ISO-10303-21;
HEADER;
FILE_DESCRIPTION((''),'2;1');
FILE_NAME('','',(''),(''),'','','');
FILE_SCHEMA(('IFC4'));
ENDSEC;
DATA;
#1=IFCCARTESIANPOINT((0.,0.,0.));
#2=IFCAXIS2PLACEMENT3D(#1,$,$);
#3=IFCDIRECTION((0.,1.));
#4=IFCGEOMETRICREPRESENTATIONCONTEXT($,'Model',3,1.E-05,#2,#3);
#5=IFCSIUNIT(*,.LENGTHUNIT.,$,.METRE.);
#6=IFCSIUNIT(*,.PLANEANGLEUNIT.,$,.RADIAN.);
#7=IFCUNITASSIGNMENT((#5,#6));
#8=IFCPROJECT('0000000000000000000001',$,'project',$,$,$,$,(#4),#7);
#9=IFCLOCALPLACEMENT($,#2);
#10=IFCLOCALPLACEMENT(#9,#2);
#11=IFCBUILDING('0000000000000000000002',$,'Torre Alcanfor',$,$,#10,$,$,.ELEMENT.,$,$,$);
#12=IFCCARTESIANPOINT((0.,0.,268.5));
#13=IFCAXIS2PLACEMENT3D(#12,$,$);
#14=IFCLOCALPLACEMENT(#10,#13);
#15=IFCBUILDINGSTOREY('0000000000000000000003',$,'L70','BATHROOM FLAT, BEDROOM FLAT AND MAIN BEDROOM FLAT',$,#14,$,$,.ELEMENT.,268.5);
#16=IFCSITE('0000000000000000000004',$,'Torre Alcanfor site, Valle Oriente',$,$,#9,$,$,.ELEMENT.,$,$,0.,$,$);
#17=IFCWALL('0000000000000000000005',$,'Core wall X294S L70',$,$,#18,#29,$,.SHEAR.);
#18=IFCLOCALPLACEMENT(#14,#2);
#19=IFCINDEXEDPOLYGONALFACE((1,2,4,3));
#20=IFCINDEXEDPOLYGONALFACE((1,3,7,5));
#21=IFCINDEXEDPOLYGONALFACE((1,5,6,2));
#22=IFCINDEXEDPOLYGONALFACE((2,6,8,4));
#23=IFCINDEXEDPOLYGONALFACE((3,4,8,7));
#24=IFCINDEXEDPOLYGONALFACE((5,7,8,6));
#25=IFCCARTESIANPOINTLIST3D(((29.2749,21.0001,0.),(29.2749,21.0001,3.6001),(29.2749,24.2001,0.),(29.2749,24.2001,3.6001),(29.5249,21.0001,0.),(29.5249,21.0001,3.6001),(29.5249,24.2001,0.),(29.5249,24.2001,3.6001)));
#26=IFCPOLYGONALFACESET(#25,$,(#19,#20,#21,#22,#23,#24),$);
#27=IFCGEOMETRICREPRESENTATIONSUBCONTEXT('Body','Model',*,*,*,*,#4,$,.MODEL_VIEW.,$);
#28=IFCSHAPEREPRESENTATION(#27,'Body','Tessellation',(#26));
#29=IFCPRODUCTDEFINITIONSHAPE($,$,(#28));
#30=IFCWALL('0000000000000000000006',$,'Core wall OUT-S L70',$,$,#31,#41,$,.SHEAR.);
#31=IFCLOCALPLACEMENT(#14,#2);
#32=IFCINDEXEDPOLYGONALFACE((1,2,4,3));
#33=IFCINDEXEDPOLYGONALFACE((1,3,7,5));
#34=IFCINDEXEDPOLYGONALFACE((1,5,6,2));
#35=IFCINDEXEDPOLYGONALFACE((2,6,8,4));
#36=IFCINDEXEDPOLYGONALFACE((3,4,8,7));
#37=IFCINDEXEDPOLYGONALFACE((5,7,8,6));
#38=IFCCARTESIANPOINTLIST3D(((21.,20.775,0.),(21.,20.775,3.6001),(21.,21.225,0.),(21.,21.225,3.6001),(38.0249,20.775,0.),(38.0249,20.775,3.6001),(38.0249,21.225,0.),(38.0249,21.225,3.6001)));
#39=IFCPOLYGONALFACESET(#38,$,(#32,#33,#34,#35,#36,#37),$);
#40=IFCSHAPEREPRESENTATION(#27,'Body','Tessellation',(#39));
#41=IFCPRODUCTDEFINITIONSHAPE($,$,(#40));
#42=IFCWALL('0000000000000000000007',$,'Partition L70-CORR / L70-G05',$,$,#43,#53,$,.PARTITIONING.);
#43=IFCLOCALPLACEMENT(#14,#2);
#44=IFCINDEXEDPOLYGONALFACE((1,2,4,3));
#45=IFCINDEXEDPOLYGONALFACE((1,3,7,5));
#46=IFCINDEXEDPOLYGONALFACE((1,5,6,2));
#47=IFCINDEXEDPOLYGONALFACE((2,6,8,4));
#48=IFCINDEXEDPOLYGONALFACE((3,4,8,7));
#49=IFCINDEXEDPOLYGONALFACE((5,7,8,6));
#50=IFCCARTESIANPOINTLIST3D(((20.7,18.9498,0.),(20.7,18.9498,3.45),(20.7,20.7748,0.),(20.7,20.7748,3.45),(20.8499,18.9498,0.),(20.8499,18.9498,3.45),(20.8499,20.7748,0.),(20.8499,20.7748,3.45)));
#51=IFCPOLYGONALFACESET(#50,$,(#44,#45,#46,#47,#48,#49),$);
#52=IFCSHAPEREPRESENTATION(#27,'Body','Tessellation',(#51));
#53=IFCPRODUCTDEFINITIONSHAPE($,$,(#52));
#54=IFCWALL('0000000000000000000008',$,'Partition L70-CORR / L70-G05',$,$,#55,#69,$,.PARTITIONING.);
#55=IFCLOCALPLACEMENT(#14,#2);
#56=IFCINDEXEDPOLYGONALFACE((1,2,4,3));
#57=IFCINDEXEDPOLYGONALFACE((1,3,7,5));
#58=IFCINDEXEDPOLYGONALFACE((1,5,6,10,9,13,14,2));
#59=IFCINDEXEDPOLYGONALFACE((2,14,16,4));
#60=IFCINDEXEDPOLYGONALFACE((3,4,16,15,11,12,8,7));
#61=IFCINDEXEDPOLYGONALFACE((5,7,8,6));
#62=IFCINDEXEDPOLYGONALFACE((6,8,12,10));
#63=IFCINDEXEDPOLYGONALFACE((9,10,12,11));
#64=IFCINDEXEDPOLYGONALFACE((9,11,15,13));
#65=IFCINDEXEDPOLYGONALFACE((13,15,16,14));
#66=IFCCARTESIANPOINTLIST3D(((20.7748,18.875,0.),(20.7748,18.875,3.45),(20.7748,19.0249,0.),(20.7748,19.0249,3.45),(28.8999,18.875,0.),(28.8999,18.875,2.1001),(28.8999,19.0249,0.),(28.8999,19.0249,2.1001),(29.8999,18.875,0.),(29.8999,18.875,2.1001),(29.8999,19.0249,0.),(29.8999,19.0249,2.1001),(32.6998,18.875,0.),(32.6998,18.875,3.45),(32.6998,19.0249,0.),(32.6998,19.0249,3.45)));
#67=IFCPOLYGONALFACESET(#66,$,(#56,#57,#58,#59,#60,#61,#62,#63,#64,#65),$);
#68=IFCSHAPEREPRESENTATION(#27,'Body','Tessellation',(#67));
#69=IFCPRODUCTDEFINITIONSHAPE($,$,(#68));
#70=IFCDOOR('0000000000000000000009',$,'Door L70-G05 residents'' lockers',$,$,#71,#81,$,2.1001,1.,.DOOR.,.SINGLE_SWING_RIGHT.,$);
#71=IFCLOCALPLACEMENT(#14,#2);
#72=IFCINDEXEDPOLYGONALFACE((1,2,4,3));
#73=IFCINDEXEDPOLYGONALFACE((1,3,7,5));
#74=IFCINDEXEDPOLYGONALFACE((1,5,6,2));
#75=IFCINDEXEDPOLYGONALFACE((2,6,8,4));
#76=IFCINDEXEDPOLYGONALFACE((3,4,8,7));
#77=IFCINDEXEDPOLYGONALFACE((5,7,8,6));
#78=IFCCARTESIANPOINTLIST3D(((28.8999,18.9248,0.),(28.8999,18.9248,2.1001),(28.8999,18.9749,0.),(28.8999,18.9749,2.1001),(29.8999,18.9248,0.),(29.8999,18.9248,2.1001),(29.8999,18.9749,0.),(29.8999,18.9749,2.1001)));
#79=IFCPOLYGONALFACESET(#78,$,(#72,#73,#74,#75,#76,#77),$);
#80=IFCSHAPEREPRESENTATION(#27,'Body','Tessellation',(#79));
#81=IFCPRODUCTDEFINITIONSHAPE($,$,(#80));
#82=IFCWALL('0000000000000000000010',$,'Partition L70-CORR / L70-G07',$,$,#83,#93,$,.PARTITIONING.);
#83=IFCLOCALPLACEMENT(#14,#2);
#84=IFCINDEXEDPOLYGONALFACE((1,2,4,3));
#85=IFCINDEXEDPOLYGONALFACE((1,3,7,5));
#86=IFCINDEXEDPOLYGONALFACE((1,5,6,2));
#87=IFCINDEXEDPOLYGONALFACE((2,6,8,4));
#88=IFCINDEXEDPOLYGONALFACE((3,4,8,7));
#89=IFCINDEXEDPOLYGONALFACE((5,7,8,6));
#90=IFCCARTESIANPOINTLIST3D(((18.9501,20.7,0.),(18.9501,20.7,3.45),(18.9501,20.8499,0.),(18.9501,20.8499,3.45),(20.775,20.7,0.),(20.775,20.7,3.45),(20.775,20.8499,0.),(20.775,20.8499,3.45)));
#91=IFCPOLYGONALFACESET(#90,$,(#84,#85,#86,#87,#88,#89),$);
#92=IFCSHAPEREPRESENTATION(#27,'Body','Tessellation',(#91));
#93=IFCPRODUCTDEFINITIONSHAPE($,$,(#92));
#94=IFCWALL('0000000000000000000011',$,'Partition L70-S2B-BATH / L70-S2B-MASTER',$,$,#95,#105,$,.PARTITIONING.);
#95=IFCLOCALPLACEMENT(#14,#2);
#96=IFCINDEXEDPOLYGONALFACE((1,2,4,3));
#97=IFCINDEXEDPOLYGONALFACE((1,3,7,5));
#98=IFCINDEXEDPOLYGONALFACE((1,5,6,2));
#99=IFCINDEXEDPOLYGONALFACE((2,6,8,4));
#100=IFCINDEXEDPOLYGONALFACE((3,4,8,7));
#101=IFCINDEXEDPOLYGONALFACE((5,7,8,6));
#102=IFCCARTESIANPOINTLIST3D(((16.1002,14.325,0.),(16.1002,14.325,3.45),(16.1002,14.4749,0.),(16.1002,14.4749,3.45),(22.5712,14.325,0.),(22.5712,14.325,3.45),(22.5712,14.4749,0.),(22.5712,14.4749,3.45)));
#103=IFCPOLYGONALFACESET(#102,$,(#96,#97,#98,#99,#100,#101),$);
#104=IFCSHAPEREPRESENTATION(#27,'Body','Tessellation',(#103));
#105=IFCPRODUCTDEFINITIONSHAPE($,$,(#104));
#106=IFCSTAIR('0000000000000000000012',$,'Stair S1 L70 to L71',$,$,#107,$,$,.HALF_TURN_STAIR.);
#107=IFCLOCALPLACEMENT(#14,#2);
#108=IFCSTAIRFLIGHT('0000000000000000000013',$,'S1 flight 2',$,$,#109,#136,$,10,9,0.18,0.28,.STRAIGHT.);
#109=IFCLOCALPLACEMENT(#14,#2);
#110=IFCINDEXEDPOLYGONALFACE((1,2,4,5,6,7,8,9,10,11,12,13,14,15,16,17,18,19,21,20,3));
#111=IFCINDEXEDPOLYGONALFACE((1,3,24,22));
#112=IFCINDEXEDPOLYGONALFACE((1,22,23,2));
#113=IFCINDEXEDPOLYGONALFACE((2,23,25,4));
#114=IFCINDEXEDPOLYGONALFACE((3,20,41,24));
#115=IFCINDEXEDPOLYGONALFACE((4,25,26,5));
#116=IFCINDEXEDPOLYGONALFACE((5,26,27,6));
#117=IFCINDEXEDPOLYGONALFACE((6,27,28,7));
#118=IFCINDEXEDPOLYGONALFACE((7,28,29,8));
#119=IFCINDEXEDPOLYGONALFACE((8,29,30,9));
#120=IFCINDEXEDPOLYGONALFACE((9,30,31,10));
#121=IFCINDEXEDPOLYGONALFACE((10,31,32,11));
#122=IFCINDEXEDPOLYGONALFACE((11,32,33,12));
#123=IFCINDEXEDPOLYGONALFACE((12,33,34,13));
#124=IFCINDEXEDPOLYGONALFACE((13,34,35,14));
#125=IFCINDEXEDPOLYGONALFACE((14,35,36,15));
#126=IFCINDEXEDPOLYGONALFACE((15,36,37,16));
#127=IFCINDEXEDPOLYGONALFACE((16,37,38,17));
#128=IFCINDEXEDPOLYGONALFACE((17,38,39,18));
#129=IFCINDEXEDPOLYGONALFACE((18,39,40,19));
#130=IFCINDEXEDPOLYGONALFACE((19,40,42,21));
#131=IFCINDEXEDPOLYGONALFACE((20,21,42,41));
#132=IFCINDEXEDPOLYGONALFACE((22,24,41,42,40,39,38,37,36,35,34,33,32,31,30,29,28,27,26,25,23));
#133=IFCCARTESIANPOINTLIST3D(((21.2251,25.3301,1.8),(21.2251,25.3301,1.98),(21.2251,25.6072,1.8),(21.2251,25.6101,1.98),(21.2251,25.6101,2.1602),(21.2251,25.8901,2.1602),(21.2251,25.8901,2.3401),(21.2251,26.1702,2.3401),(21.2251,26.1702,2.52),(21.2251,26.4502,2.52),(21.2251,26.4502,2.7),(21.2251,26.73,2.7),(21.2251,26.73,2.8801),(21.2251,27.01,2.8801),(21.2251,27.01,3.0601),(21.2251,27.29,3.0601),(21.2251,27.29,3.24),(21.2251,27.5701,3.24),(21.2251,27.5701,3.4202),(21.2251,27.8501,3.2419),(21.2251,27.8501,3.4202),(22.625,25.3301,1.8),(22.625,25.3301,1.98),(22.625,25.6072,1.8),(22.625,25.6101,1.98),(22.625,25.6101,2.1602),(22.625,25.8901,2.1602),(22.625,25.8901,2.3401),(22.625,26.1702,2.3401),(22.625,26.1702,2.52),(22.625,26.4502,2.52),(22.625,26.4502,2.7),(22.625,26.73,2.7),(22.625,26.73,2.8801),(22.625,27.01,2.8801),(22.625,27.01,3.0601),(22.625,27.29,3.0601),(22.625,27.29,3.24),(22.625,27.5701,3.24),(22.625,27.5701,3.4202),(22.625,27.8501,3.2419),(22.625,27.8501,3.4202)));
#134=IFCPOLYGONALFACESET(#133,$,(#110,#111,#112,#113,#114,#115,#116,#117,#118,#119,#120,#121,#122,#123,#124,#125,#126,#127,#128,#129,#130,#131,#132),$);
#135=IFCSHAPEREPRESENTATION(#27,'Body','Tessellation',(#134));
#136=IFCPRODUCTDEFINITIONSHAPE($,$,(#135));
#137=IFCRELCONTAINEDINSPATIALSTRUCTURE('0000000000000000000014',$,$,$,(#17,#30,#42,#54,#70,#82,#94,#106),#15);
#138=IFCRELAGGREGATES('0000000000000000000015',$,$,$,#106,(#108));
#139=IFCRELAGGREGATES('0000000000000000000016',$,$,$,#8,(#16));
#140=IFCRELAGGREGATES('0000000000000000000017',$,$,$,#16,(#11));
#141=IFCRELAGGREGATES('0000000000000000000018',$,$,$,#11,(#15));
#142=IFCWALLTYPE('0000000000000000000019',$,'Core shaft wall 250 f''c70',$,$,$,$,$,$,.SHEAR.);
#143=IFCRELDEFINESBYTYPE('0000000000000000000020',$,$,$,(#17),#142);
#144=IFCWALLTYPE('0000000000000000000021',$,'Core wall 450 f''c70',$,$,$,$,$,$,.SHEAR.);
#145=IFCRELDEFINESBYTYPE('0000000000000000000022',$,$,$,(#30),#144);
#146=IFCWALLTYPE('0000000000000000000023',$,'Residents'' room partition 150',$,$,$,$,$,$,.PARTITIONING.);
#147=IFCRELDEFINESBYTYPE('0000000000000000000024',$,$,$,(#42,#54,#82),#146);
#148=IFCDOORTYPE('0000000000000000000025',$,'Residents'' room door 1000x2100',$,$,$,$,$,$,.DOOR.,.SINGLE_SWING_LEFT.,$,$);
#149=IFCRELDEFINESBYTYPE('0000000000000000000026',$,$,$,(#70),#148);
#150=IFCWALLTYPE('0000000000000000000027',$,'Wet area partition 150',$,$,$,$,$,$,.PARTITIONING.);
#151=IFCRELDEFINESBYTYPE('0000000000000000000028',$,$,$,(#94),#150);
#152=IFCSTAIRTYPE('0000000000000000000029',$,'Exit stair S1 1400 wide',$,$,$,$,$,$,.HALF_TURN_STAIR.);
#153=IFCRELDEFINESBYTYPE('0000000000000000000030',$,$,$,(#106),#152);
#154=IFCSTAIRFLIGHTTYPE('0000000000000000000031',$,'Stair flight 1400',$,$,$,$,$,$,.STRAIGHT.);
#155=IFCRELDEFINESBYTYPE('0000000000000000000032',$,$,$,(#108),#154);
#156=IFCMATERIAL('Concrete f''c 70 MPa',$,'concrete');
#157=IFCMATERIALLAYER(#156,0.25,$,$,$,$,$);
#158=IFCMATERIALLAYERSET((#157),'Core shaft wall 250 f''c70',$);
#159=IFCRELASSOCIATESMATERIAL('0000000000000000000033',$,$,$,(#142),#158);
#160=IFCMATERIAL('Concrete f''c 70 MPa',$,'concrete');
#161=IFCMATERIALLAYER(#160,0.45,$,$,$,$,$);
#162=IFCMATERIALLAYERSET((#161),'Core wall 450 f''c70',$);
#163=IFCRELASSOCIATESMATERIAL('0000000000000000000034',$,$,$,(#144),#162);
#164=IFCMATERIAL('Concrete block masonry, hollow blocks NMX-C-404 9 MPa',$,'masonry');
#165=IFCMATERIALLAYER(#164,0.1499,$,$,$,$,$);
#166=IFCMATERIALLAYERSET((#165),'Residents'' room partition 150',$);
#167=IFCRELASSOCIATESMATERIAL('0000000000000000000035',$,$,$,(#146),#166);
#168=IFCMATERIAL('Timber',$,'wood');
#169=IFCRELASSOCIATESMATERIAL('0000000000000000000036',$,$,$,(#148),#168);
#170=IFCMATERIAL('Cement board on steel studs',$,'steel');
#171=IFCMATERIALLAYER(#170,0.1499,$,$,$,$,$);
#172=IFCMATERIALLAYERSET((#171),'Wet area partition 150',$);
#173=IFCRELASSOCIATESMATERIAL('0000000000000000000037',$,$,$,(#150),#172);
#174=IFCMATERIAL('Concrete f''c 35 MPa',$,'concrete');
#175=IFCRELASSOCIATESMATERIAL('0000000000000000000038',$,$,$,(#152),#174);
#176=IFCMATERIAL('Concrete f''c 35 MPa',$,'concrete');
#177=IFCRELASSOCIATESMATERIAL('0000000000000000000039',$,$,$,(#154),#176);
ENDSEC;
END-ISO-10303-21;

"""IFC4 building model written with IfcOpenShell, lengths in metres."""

from ifc_helpers import new_model, si_unit, direction, frame, frame_2d, origin, place, context, subcontext, project, spatial, polyline, rectangle, outline, extrude, material, layer, layer_set, type_object, element, fill, aggregate, save


model = new_model("IFC4")

# Units and contexts
model_context = context("Model", 3, precision=1e-05, world=origin(), true_north=direction((0.0, 1.0)))
body_context = subcontext(model_context, "Body", "Model", "MODEL_VIEW")
ifc_project = project(units=[si_unit("LENGTHUNIT", "METRE"), si_unit("PLANEANGLEUNIT", "RADIAN")], contexts=[model_context])

# Site, building, storey
site_placement = place(None, origin())
site = spatial("IfcSite", under=ifc_project, at=site_placement, Name="Torre Alcanfor site, Valle Oriente", CompositionType="ELEMENT", RefElevation=0.0)
building_placement = place(site_placement, origin())
building = spatial("IfcBuilding", under=site, at=building_placement, Name="Torre Alcanfor", CompositionType="ELEMENT")
storey_placement = place(building_placement, frame((0.0, 0.0, 268.5)))
storey = spatial("IfcBuildingStorey", under=building, at=storey_placement, Name="L70", Description="BATHROOM FLAT, BEDROOM FLAT AND MAIN BEDROOM FLAT", CompositionType="ELEMENT", Elevation=268.5)

# Walls
ifc_material_1 = material(Name="Concrete f'c 70 MPa", Category="concrete")
ifc_layer_1 = layer(ifc_material_1, 0.25)
ifc_layer_set_1 = layer_set([ifc_layer_1], Name="Core shaft wall 250 f'c70")
wall_type_1 = type_object("IfcWallType", Name="Core shaft wall 250 f'c70", PredefinedType="SHEAR", material=ifc_layer_set_1)
wall_1_placement = place(storey_placement, frame((29.3999, 21.0, 0.0), z_axis=(0.0, 0.0, 1.0), x_axis=(0.0, 1.0, 0.0)))
element("IfcWall", 1, at=wall_1_placement, inside=storey, type_object=wall_type_1, Name="Core wall X294S L70", PredefinedType="SHEAR", context=body_context, shape_type="SweptSolid", body=[
    extrude(rectangle(XDim=3.2, YDim=0.25, at=frame_2d((1.6001, 0.0))), origin(), (0.0, 0.0, 1.0), 3.6001),
])
ifc_material_2 = material(Name="Concrete f'c 70 MPa", Category="concrete")
ifc_layer_2 = layer(ifc_material_2, 0.45)
ifc_layer_set_2 = layer_set([ifc_layer_2], Name="Core wall 450 f'c70")
wall_type_2 = type_object("IfcWallType", Name="Core wall 450 f'c70", PredefinedType="SHEAR", material=ifc_layer_set_2)
wall_2_placement = place(storey_placement, frame((21.0, 21.0, 0.0), z_axis=(0.0, 0.0, 1.0), x_axis=(1.0, 0.0, 0.0)))
element("IfcWall", 2, at=wall_2_placement, inside=storey, type_object=wall_type_2, Name="Core wall OUT-S L70", PredefinedType="SHEAR", context=body_context, shape_type="SweptSolid", body=[
    extrude(rectangle(XDim=17.0249, YDim=0.45, at=frame_2d((8.5125, 0.0))), origin(), (0.0, 0.0, 1.0), 3.6001),
])
ifc_material_3 = material(Name="Concrete block masonry, hollow blocks NMX-C-404 9 MPa", Category="masonry")
ifc_layer_3 = layer(ifc_material_3, 0.1499)
ifc_layer_set_3 = layer_set([ifc_layer_3], Name="Residents' room partition 150")
wall_type_3 = type_object("IfcWallType", Name="Residents' room partition 150", PredefinedType="PARTITIONING", material=ifc_layer_set_3)
wall_3_placement = place(storey_placement, frame((20.7749, 20.7749, 0.0), z_axis=(0.0, 0.0, 1.0), x_axis=(0.0, -1.0, 0.0)))
element("IfcWall", 3, at=wall_3_placement, inside=storey, type_object=wall_type_3, Name="Partition L70-CORR / L70-G05", PredefinedType="PARTITIONING", context=body_context, shape_type="SweptSolid", body=[
    extrude(rectangle(XDim=1.825, YDim=0.1499, at=frame_2d((0.9126, 0.0))), origin(), (0.0, 0.0, 1.0), 3.45),
])

# Wall, opening, door
wall_4_placement = place(storey_placement, frame((20.7749, 18.95, 0.0), z_axis=(0.0, 0.0, 1.0), x_axis=(1.0, 0.0, 0.0)))
wall_4 = element("IfcWall", 4, at=wall_4_placement, inside=storey, type_object=wall_type_3, Name="Partition L70-CORR / L70-G05", PredefinedType="PARTITIONING", context=body_context, shape_type="SweptSolid", body=[
    extrude(rectangle(XDim=11.925, YDim=0.1499, at=frame_2d((5.9624, 0.0))), origin(), (0.0, 0.0, 1.0), 3.45),
])
opening_1_placement = place(wall_4_placement, frame((8.125, 0.0, 0.0)))
opening_1 = element("IfcOpeningElement", 5, at=opening_1_placement, cuts=wall_4, PredefinedType="OPENING", context=body_context, shape_type="SweptSolid", body=[
    extrude(rectangle(XDim=1.0, YDim=2.1001, at=frame_2d((0.5, 1.05))), frame((0.0, 0.085, 0.0), z_axis=(0.0, -1.0, 0.0), x_axis=(1.0, 0.0, 0.0)), (0.0, 0.0, 1.0), 0.1699),
])
ifc_material_4 = material(Name="Timber", Category="wood")
door_type_1 = type_object("IfcDoorType", Name="Residents' room door 1000x2100", OperationType="SINGLE_SWING_LEFT", PredefinedType="DOOR", material=ifc_material_4)
door_1_placement = place(opening_1_placement, origin())
door_1 = element("IfcDoor", 6, at=door_1_placement, inside=storey, type_object=door_type_1, Name="Door L70-G05 residents' lockers", OperationType="SINGLE_SWING_RIGHT", OverallHeight=2.1001, OverallWidth=1.0, PredefinedType="DOOR", context=body_context, shape_type="SweptSolid", body=[
    extrude(rectangle(XDim=1.0, YDim=2.1001, at=frame_2d((0.5, 1.05))), frame((0.0, 0.0249, 0.0), z_axis=(0.0, -1.0, 0.0), x_axis=(1.0, 0.0, 0.0)), (0.0, 0.0, 1.0), 0.05),
])
fill(opening_1, door_1)

# Walls
wall_5_placement = place(storey_placement, frame((18.95, 20.7749, 0.0), z_axis=(0.0, 0.0, 1.0), x_axis=(1.0, 0.0, 0.0)))
element("IfcWall", 7, at=wall_5_placement, inside=storey, type_object=wall_type_3, Name="Partition L70-CORR / L70-G07", PredefinedType="PARTITIONING", context=body_context, shape_type="SweptSolid", body=[
    extrude(rectangle(XDim=1.825, YDim=0.1499, at=frame_2d((0.9126, 0.0))), origin(), (0.0, 0.0, 1.0), 3.45),
])
ifc_material_5 = material(Name="Cement board on steel studs", Category="steel")
ifc_layer_4 = layer(ifc_material_5, 0.1499)
ifc_layer_set_4 = layer_set([ifc_layer_4], Name="Wet area partition 150")
wall_type_4 = type_object("IfcWallType", Name="Wet area partition 150", PredefinedType="PARTITIONING", material=ifc_layer_set_4)
wall_6_placement = place(storey_placement, frame((22.571, 14.3999, 0.0), z_axis=(0.0, 0.0, 1.0), x_axis=(-1.0, 0.0, 0.0)))
element("IfcWall", 8, at=wall_6_placement, inside=storey, type_object=wall_type_4, Name="Partition L70-S2B-BATH / L70-S2B-MASTER", PredefinedType="PARTITIONING", context=body_context, shape_type="SweptSolid", body=[
    extrude(rectangle(XDim=6.4709, YDim=0.1499, at=frame_2d((3.2354, 0.0))), origin(), (0.0, 0.0, 1.0), 3.45),
])

# Stair, stair flight
ifc_material_6 = material(Name="Concrete f'c 35 MPa", Category="concrete")
stair_type = type_object("IfcStairType", Name="Exit stair S1 1400 wide", PredefinedType="HALF_TURN_STAIR", material=ifc_material_6)
stair_placement = place(storey_placement, origin())
stair = element("IfcStair", 9, at=stair_placement, inside=storey, type_object=stair_type, Name="Stair S1 L70 to L71", PredefinedType="HALF_TURN_STAIR")
ifc_material_7 = material(Name="Concrete f'c 35 MPa", Category="concrete")
stair_flight_type = type_object("IfcStairFlightType", Name="Stair flight 1400", PredefinedType="STRAIGHT", material=ifc_material_7)
stair_flight_placement = place(storey_placement, frame((21.925, 25.3301, 1.8), z_axis=(0.0, 0.0, 1.0), x_axis=(0.0, 1.0, 0.0)))
stair_flight = element("IfcStairFlight", 10, at=stair_flight_placement, type_object=stair_flight_type, Name="S1 flight 2", NumberOfRisers=10, NumberOfTreads=9, PredefinedType="STRAIGHT", RiserHeight=0.18, TreadLength=0.28, context=body_context, shape_type="SweptSolid", body=[
    extrude(outline(polyline([(0.0, 0.0), (0.0, 0.1799), (0.28, 0.1799), (0.28, 0.3601), (0.5601, 0.3601), (0.5601, 0.54), (0.8401, 0.54), (0.8401, 0.72), (1.1201, 0.72), (1.1201, 0.8999), (1.3999, 0.8999), (1.3999, 1.0801), (1.6799, 1.0801), (1.6799, 1.26), (1.96, 1.26), (1.96, 1.4399), (2.24, 1.4399), (2.24, 1.6201), (2.52, 1.6201), (2.52, 1.8), (2.52, 1.4419), (0.2771, 0.0), (0.0, 0.0)])), frame((0.0, 0.7, 0.0), z_axis=(0.0, -1.0, 0.0), x_axis=(1.0, 0.0, 0.0)), (0.0, 0.0, 1.0), 1.3999),
])
aggregate(stair, [stair_flight])

save(model, "model.ifc")
